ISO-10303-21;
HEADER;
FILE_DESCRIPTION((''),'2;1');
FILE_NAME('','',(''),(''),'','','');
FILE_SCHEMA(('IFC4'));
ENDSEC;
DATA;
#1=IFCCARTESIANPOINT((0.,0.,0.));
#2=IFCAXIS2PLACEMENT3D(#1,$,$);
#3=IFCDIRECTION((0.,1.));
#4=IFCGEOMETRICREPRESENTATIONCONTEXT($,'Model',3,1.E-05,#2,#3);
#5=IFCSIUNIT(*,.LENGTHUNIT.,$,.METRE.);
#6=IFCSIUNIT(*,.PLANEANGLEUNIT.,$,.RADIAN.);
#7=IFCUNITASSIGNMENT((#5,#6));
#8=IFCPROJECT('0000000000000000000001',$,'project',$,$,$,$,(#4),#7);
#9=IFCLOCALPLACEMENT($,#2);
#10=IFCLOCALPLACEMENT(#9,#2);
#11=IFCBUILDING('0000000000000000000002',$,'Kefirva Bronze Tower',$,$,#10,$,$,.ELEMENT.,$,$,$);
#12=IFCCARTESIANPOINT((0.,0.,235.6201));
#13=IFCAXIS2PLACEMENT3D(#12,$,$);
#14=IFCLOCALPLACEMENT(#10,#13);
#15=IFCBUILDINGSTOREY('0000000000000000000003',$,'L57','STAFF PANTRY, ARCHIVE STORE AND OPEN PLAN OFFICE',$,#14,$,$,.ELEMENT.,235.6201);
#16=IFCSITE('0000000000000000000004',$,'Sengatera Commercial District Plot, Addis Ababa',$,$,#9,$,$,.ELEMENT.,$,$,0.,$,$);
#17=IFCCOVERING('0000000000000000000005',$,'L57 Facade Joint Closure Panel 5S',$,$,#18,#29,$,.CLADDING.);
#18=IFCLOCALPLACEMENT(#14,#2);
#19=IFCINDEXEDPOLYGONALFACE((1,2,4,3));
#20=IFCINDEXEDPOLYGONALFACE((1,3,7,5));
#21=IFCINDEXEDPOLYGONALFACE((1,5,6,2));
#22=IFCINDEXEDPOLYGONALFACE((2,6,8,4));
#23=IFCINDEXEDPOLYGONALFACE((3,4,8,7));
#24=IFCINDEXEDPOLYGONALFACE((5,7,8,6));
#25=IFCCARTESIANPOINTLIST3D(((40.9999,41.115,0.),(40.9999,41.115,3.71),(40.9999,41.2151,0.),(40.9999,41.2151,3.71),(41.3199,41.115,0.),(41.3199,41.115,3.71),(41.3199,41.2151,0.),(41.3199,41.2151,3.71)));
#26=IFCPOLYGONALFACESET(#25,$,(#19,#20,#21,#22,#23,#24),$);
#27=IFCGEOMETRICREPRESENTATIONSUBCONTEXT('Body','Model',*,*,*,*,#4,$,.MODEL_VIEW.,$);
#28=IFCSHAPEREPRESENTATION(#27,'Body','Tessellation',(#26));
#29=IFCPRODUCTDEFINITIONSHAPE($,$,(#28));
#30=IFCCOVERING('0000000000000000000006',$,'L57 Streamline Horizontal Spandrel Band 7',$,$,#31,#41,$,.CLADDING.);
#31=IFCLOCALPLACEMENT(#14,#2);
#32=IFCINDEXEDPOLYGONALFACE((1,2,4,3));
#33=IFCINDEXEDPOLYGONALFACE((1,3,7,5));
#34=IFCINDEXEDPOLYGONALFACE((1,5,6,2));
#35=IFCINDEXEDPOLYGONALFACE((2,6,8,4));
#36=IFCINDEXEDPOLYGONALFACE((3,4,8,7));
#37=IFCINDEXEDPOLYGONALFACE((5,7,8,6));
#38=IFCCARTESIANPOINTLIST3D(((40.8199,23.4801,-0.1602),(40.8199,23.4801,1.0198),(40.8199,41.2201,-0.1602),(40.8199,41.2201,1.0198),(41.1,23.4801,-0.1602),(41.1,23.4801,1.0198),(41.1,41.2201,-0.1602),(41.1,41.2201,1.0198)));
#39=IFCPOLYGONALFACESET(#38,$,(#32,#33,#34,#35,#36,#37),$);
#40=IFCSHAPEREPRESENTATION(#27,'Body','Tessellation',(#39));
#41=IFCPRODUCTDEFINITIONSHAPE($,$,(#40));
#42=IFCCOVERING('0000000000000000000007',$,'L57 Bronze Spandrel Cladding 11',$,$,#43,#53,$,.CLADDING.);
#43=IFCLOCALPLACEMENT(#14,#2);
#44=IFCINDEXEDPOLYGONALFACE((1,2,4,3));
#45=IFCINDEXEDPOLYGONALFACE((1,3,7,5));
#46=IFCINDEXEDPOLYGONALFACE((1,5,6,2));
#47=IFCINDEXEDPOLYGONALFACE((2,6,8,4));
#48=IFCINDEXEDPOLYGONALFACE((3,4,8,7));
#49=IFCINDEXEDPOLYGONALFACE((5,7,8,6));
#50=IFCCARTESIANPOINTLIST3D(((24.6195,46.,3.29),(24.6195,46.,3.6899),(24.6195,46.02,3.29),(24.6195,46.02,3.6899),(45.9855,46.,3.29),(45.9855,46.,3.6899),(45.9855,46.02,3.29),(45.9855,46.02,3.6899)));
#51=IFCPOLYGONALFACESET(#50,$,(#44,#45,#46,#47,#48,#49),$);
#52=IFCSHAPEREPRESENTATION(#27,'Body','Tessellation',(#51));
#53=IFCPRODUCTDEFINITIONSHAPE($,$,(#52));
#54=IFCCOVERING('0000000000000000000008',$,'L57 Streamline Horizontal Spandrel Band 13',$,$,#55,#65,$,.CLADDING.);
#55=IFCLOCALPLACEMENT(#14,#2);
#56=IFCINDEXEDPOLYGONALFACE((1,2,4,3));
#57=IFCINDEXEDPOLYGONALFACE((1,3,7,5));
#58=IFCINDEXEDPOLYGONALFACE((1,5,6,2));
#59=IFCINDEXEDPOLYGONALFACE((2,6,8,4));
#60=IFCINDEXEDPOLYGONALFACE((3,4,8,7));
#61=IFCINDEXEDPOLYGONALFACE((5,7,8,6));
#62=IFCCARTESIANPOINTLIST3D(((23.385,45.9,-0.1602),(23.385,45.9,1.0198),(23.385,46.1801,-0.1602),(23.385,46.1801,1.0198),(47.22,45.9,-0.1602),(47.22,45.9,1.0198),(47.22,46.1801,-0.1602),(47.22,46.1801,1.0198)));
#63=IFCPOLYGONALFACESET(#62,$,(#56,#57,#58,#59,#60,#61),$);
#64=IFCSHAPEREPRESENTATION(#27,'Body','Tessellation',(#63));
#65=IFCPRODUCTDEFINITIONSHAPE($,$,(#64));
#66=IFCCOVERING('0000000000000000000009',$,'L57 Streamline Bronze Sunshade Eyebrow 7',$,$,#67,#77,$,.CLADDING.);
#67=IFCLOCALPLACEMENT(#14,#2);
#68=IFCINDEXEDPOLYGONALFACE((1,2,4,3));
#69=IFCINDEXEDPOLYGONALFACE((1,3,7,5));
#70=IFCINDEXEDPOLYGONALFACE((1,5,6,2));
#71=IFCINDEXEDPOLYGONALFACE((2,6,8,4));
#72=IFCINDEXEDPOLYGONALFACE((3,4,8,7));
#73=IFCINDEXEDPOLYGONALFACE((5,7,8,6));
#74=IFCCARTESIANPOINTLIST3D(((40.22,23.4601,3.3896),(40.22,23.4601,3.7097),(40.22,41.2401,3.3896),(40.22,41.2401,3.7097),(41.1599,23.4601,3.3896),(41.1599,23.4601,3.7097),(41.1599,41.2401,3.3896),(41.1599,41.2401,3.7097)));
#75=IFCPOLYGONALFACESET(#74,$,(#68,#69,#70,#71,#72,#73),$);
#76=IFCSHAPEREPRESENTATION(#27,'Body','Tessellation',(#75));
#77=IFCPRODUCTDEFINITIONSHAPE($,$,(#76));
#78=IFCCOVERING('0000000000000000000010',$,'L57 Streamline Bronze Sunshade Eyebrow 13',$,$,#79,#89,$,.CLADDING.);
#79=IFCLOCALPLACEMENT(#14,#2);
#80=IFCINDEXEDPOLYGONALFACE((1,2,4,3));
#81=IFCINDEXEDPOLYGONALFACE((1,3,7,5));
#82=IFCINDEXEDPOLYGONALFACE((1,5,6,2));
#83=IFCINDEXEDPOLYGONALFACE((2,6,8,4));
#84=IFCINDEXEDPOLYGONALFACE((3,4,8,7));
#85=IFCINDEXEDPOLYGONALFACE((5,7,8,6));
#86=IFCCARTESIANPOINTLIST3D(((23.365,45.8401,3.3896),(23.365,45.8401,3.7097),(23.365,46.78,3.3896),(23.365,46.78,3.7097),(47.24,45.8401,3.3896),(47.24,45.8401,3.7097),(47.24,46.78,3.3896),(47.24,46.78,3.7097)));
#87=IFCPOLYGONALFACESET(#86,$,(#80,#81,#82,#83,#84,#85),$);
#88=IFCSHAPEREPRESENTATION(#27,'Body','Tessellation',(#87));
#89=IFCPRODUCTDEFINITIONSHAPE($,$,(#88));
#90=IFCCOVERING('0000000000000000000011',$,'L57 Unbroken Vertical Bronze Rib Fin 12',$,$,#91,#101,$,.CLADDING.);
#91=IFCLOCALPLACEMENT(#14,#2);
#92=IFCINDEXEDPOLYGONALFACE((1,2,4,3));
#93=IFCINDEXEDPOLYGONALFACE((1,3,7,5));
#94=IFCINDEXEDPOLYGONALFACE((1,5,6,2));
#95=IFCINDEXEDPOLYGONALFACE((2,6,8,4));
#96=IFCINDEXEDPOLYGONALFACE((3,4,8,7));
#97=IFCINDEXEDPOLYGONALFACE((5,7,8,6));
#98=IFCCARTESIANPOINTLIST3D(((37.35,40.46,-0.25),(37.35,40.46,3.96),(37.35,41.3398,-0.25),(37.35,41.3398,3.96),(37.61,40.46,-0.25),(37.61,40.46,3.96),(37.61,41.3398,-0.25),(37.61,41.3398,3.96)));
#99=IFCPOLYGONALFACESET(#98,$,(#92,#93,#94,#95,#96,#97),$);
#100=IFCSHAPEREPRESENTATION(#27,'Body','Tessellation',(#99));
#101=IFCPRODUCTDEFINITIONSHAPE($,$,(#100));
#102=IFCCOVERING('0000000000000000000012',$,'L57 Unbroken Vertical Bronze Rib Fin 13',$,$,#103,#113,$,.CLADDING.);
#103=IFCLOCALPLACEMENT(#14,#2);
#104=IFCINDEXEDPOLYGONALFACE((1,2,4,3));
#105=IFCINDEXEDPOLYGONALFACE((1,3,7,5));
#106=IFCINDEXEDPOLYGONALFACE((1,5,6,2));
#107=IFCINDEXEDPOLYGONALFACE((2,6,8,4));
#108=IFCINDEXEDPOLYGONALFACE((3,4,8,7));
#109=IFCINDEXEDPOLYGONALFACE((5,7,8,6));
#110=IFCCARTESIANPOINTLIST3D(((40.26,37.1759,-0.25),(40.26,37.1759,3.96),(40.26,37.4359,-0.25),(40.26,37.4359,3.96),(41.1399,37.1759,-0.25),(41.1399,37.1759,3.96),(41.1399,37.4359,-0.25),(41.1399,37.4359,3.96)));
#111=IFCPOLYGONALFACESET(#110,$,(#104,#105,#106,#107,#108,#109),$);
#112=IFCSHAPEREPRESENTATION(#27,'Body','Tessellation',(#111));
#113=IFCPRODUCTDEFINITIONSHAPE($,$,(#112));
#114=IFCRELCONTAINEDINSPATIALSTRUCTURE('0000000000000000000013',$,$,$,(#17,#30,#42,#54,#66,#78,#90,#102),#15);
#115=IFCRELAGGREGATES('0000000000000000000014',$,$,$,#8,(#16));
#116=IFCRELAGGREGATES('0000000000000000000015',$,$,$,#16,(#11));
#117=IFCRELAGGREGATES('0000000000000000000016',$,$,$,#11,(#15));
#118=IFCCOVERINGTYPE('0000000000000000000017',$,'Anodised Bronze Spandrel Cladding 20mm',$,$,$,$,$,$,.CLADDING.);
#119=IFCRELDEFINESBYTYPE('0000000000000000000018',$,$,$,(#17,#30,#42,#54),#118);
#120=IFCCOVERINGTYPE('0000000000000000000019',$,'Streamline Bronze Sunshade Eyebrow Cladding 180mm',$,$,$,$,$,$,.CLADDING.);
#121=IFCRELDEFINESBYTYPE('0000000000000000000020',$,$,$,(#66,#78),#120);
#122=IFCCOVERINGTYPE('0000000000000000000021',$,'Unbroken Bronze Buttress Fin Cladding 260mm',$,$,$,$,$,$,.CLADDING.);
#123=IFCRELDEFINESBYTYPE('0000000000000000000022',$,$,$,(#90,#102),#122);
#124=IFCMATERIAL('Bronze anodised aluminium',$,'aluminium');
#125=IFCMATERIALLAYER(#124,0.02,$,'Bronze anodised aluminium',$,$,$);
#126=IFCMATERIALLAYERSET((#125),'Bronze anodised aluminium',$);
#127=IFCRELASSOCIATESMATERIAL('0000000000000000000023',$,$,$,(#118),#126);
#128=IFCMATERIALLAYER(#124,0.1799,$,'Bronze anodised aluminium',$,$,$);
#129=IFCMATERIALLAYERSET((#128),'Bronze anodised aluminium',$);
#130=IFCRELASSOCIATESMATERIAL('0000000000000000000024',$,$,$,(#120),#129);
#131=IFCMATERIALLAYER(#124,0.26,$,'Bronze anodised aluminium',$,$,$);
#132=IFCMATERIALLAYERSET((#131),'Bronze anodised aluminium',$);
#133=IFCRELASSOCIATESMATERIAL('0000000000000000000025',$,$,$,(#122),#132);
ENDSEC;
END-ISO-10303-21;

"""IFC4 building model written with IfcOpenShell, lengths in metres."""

from ifc_helpers import new_model, si_unit, direction, frame, origin, origin_2d, place, context, subcontext, project, spatial, rectangle, extrude, material, layer, layer_set, type_object, element, save


model = new_model("IFC4")

# Units and contexts
model_context = context("Model", 3, precision=1e-05, world=origin(), true_north=direction((0.0, 1.0)))
body_context = subcontext(model_context, "Body", "Model", "MODEL_VIEW")
ifc_project = project(units=[si_unit("LENGTHUNIT", "METRE"), si_unit("PLANEANGLEUNIT", "RADIAN")], contexts=[model_context])

# Site, building, storey
site_placement = place(None, origin())
site = spatial("IfcSite", under=ifc_project, at=site_placement, Name="Sengatera Commercial District Plot, Addis Ababa", CompositionType="ELEMENT", RefElevation=0.0)
building_placement = place(site_placement, origin())
building = spatial("IfcBuilding", under=site, at=building_placement, Name="Kefirva Bronze Tower", CompositionType="ELEMENT")
storey_placement = place(building_placement, frame((0.0, 0.0, 235.6201)))
storey = spatial("IfcBuildingStorey", under=building, at=storey_placement, Name="L57", Description="STAFF PANTRY, ARCHIVE STORE AND OPEN PLAN OFFICE", CompositionType="ELEMENT", Elevation=235.6201)

# Shared definitions
ifc_material_1 = material(Name="Bronze anodised aluminium", Category="aluminium")

# Coverings
ifc_layer_1 = layer(ifc_material_1, 0.02, Name="Bronze anodised aluminium")
ifc_layer_set_1 = layer_set([ifc_layer_1], Name="Bronze anodised aluminium")
covering_type_1 = type_object("IfcCoveringType", Name="Anodised Bronze Spandrel Cladding 20mm", PredefinedType="CLADDING", material=ifc_layer_set_1)
covering_1_placement = place(storey_placement, frame((41.1599, 41.165, 0.0), z_axis=(0.0, 0.0, 1.0), x_axis=(0.0, -1.0, 0.0)))
element("IfcCovering", 1, at=covering_1_placement, inside=storey, type_object=covering_type_1, Name="L57 Facade Joint Closure Panel 5S", PredefinedType="CLADDING", context=body_context, shape_type="SweptSolid", body=[
    extrude(rectangle(XDim=0.1001, YDim=0.3201, at=origin_2d()), origin(), (0.0, 0.0, 1.0), 3.71),
])
covering_2_placement = place(storey_placement, frame((40.96, 32.3501, -0.1602), z_axis=(0.0, 0.0, 1.0), x_axis=(0.0, -1.0, 0.0)))
element("IfcCovering", 2, at=covering_2_placement, inside=storey, type_object=covering_type_1, Name="L57 Streamline Horizontal Spandrel Band 7", PredefinedType="CLADDING", context=body_context, shape_type="SweptSolid", body=[
    extrude(rectangle(XDim=17.74, YDim=0.28, at=origin_2d()), origin(), (0.0, 0.0, 1.0), 1.1799),
])
covering_3_placement = place(storey_placement, frame((35.3025, 46.01, 3.29), z_axis=(0.0, 0.0, 1.0), x_axis=(-1.0, 0.0, 0.0)))
element("IfcCovering", 3, at=covering_3_placement, inside=storey, type_object=covering_type_1, Name="L57 Bronze Spandrel Cladding 11", PredefinedType="CLADDING", context=body_context, shape_type="SweptSolid", body=[
    extrude(rectangle(XDim=21.366, YDim=0.02, at=origin_2d()), origin(), (0.0, 0.0, 1.0), 0.3999),
])
covering_4_placement = place(storey_placement, frame((35.3025, 46.04, -0.1602), z_axis=(0.0, 0.0, 1.0), x_axis=(-1.0, 0.0, 0.0)))
element("IfcCovering", 4, at=covering_4_placement, inside=storey, type_object=covering_type_1, Name="L57 Streamline Horizontal Spandrel Band 13", PredefinedType="CLADDING", context=body_context, shape_type="SweptSolid", body=[
    extrude(rectangle(XDim=23.835, YDim=0.28, at=origin_2d()), origin(), (0.0, 0.0, 1.0), 1.1799),
])
ifc_layer_2 = layer(ifc_material_1, 0.1799, Name="Bronze anodised aluminium")
ifc_layer_set_2 = layer_set([ifc_layer_2], Name="Bronze anodised aluminium")
covering_type_2 = type_object("IfcCoveringType", Name="Streamline Bronze Sunshade Eyebrow Cladding 180mm", PredefinedType="CLADDING", material=ifc_layer_set_2)
covering_5_placement = place(storey_placement, frame((40.6899, 32.3501, 3.3896), z_axis=(0.0, 0.0, 1.0), x_axis=(0.0, -1.0, 0.0)))
element("IfcCovering", 5, at=covering_5_placement, inside=storey, type_object=covering_type_2, Name="L57 Streamline Bronze Sunshade Eyebrow 7", PredefinedType="CLADDING", context=body_context, shape_type="SweptSolid", body=[
    extrude(rectangle(XDim=17.78, YDim=0.9399, at=origin_2d()), origin(), (0.0, 0.0, 1.0), 0.3201),
])
covering_6_placement = place(storey_placement, frame((35.3025, 46.3101, 3.3896), z_axis=(0.0, 0.0, 1.0), x_axis=(-1.0, 0.0, 0.0)))
element("IfcCovering", 6, at=covering_6_placement, inside=storey, type_object=covering_type_2, Name="L57 Streamline Bronze Sunshade Eyebrow 13", PredefinedType="CLADDING", context=body_context, shape_type="SweptSolid", body=[
    extrude(rectangle(XDim=23.875, YDim=0.9399, at=origin_2d()), origin(), (0.0, 0.0, 1.0), 0.3201),
])
ifc_layer_3 = layer(ifc_material_1, 0.26, Name="Bronze anodised aluminium")
ifc_layer_set_3 = layer_set([ifc_layer_3], Name="Bronze anodised aluminium")
covering_type_3 = type_object("IfcCoveringType", Name="Unbroken Bronze Buttress Fin Cladding 260mm", PredefinedType="CLADDING", material=ifc_layer_set_3)
for number, where, z_axis, x_axis, name in (
    (7, (37.48, 40.8999, -0.25), (0.0, 0.0, 1.0), (1.0, 0.0, 0.0), "L57 Unbroken Vertical Bronze Rib Fin 12"),
    (8, (40.7, 37.3059, -0.25), (0.0, 0.0, 1.0), (0.0, -1.0, 0.0), "L57 Unbroken Vertical Bronze Rib Fin 13"),
):
    element("IfcCovering", number, at=place(storey_placement, frame(where, z_axis=z_axis, x_axis=x_axis)), inside=storey, type_object=covering_type_3, Name=name, PredefinedType="CLADDING", context=body_context, shape_type="SweptSolid", body=[
        extrude(rectangle(XDim=0.26, YDim=0.8799, at=origin_2d()), origin(), (0.0, 0.0, 1.0), 4.21),
    ])

save(model, "model.ifc")
